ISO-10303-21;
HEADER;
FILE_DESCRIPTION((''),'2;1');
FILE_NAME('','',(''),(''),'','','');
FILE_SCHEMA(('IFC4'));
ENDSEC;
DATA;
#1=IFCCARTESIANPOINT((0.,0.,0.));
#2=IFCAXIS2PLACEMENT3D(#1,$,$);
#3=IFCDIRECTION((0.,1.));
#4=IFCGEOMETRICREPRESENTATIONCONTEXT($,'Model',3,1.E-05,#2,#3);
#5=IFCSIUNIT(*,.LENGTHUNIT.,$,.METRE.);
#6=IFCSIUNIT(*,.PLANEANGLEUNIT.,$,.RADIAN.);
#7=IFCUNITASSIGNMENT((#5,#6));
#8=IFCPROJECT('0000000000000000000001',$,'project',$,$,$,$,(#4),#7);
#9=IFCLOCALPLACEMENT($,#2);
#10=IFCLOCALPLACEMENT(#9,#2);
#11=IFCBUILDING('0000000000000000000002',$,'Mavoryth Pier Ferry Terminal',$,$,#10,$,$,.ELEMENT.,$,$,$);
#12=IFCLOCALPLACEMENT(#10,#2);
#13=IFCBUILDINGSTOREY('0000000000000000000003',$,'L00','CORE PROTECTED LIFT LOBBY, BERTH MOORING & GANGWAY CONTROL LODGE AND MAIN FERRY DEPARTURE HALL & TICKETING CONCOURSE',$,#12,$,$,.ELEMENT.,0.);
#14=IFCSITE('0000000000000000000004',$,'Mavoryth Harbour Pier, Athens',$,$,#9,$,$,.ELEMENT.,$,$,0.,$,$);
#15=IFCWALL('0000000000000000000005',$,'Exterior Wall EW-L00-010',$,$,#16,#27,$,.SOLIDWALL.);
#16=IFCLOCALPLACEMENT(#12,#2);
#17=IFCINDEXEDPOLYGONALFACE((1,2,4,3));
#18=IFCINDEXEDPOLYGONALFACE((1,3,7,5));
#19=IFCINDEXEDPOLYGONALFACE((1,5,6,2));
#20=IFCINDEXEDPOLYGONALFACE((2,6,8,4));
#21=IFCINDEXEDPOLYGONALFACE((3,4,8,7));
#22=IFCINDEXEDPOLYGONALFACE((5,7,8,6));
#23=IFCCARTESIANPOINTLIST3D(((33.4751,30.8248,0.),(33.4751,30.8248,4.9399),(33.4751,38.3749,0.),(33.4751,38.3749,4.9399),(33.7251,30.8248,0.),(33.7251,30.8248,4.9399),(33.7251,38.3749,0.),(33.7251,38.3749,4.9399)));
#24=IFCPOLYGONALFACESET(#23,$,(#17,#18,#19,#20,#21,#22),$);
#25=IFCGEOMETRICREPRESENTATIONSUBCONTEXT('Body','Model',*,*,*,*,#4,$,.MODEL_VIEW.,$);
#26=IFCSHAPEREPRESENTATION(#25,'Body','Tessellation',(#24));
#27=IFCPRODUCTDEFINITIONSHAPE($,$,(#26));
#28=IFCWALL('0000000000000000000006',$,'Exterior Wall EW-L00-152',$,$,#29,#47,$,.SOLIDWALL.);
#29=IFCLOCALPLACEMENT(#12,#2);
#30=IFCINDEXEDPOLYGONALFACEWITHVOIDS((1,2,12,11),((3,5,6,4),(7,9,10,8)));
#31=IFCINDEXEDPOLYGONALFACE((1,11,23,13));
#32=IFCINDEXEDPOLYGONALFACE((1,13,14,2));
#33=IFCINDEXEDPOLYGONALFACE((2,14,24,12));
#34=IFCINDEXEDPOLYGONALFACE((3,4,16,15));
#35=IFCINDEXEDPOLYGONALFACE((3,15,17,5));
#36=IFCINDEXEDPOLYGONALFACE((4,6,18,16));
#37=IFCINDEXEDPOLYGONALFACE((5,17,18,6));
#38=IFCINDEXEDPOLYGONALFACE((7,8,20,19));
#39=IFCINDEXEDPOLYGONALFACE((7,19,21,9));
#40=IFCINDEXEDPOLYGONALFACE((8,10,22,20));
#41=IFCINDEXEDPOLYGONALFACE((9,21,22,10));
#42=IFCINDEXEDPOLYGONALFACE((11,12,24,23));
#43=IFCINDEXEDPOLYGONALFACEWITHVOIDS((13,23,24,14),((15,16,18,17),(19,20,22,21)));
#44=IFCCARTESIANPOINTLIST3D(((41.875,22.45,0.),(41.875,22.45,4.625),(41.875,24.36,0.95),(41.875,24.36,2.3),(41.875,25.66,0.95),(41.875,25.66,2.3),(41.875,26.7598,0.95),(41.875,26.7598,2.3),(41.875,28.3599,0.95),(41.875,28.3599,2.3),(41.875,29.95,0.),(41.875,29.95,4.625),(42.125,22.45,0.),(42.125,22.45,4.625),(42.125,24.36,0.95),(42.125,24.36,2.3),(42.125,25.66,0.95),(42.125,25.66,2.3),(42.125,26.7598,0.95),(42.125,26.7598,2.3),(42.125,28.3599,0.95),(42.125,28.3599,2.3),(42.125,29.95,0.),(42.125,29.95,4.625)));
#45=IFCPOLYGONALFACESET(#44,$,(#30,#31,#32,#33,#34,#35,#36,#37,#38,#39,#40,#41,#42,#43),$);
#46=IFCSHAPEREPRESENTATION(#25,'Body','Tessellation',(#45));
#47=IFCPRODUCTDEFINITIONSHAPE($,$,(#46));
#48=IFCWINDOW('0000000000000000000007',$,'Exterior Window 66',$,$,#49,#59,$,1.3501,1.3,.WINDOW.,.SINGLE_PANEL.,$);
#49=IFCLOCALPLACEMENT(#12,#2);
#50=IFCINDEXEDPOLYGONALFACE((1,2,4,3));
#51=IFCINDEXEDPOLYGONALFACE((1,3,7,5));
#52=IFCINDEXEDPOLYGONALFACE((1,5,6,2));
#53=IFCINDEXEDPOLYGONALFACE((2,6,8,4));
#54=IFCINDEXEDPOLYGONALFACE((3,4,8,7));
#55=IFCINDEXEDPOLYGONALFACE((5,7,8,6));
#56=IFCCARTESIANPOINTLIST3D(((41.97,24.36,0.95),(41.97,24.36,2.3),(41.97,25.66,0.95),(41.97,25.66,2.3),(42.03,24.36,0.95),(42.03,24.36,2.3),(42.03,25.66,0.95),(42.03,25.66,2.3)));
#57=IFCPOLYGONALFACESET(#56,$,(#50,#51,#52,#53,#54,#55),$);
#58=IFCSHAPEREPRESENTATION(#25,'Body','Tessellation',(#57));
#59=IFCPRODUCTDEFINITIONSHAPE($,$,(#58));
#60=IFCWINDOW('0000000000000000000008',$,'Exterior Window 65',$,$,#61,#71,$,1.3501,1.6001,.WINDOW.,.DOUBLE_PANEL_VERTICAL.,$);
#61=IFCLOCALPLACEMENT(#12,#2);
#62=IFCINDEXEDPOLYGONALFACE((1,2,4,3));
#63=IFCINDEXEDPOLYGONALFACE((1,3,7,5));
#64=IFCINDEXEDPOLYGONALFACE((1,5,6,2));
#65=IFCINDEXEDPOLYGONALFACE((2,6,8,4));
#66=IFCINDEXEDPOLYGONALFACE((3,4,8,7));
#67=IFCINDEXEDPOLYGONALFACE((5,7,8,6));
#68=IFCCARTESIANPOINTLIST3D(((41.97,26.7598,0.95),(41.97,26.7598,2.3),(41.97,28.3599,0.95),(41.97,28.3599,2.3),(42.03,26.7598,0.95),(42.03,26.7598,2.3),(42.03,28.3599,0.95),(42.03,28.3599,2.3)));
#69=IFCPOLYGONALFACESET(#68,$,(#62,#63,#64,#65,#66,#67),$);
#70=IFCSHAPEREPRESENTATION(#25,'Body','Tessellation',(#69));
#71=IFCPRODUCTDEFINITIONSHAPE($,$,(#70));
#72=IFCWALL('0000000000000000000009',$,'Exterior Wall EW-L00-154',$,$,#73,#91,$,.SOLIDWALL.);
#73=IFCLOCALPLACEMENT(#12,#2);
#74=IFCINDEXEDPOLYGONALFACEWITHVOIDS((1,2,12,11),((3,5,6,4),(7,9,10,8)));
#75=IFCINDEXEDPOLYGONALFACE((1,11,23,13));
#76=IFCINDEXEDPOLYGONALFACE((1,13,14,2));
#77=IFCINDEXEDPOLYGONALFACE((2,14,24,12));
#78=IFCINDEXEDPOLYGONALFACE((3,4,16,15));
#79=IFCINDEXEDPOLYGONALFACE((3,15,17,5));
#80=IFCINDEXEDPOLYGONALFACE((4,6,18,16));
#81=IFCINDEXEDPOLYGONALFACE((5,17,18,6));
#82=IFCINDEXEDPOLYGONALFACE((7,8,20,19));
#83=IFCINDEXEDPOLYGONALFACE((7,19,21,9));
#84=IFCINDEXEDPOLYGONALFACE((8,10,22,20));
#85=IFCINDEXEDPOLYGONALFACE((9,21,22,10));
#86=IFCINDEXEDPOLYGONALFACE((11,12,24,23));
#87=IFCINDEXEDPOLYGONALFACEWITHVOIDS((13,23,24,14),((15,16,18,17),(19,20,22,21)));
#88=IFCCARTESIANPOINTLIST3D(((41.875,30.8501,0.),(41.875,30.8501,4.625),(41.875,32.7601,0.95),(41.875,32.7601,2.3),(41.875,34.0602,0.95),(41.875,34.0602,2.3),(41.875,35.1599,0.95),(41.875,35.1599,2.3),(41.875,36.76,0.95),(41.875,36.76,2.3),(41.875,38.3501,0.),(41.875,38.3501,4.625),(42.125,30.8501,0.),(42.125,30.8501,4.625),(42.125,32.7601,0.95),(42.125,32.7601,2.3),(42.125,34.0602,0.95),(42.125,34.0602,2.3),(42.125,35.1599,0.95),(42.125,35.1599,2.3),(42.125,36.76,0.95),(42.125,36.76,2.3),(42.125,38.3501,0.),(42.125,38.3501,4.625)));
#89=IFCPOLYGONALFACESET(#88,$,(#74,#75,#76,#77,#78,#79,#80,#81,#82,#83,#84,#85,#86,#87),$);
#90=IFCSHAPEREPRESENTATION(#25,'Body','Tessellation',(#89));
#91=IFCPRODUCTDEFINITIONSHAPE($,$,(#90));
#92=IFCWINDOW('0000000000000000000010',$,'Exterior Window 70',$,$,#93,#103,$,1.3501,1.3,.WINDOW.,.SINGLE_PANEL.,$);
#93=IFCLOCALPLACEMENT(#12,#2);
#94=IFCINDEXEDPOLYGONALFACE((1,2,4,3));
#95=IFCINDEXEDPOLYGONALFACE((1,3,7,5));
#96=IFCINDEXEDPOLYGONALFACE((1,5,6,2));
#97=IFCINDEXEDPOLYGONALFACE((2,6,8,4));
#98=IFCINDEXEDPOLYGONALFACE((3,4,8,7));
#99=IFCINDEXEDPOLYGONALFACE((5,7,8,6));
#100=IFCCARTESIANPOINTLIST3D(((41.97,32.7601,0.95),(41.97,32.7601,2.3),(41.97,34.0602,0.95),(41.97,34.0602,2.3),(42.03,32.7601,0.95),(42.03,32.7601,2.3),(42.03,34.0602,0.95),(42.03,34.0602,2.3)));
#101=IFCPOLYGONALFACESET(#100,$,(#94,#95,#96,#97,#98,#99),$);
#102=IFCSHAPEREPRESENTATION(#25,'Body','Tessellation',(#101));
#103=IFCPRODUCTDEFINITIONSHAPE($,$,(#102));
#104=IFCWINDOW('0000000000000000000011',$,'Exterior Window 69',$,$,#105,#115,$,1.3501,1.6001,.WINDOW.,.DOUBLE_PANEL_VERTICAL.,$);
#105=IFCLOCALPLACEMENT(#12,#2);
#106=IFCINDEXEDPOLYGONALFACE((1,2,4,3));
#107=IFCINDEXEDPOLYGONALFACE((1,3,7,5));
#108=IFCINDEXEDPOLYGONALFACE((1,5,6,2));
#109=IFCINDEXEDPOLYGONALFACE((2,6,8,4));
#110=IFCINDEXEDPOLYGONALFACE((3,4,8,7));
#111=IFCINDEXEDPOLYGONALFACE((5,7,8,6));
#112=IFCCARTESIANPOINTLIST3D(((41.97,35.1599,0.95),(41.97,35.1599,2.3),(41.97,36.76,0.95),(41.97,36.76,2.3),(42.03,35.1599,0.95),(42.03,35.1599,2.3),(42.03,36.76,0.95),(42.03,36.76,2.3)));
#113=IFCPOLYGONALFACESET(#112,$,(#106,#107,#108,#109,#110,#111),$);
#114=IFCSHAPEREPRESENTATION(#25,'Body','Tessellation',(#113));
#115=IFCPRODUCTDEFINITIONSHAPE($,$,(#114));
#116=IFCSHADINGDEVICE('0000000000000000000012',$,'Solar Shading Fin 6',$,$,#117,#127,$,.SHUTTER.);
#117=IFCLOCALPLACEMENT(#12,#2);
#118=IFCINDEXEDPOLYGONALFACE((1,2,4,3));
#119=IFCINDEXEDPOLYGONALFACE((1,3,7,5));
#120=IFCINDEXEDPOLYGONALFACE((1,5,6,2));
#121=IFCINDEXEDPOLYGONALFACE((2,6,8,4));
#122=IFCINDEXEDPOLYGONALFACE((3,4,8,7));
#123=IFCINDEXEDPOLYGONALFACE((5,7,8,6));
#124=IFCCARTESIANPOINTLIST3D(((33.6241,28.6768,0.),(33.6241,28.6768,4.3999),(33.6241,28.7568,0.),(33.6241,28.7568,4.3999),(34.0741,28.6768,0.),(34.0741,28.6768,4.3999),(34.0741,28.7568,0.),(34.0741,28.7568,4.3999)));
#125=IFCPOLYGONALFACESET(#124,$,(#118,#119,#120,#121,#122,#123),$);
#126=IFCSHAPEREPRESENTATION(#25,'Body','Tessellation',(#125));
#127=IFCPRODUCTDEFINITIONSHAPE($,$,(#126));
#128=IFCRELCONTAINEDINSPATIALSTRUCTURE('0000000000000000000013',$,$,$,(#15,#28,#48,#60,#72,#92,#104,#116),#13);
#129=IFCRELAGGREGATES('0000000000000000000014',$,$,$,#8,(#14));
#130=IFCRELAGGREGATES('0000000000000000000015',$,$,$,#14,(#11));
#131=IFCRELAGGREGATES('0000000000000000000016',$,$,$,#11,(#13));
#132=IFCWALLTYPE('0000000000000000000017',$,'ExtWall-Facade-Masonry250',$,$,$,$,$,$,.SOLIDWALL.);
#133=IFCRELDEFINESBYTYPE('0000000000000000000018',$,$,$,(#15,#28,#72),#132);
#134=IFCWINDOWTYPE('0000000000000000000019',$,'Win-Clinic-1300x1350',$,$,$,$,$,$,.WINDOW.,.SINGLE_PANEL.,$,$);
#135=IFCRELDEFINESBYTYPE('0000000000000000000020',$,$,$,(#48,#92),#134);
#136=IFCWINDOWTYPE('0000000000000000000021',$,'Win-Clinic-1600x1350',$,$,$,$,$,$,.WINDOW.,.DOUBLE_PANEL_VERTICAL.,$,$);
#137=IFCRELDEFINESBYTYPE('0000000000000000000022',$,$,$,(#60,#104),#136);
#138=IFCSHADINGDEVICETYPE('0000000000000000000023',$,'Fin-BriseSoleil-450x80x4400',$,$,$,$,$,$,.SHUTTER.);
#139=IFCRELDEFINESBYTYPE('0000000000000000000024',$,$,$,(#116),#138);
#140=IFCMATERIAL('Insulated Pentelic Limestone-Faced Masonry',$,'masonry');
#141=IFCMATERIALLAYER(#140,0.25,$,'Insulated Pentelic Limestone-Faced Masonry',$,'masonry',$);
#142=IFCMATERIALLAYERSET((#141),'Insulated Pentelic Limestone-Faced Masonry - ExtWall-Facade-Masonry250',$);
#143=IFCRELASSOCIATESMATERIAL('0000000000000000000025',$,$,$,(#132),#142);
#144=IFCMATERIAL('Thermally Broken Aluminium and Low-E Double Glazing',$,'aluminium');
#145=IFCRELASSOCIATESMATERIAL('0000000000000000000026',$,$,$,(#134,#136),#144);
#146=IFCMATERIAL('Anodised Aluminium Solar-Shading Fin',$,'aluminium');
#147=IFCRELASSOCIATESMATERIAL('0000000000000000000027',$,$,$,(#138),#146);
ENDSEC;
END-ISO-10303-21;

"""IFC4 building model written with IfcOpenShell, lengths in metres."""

from ifc_helpers import new_model, si_unit, direction, frame, frame_2d, origin, origin_2d, place, context, subcontext, project, spatial, rectangle, extrude, material, layer, layer_set, type_object, element, fill, save


model = new_model("IFC4")

# Units and contexts
model_context = context("Model", 3, precision=1e-05, world=origin(), true_north=direction((0.0, 1.0)))
body_context = subcontext(model_context, "Body", "Model", "MODEL_VIEW")
ifc_project = project(units=[si_unit("LENGTHUNIT", "METRE"), si_unit("PLANEANGLEUNIT", "RADIAN")], contexts=[model_context])

# Site, building, storey
site_placement = place(None, origin())
site = spatial("IfcSite", under=ifc_project, at=site_placement, Name="Mavoryth Harbour Pier, Athens", CompositionType="ELEMENT", RefElevation=0.0)
building_placement = place(site_placement, origin())
building = spatial("IfcBuilding", under=site, at=building_placement, Name="Mavoryth Pier Ferry Terminal", CompositionType="ELEMENT")
storey_placement = place(building_placement, origin())
storey = spatial("IfcBuildingStorey", under=building, at=storey_placement, Name="L00", Description="CORE PROTECTED LIFT LOBBY, BERTH MOORING & GANGWAY CONTROL LODGE AND MAIN FERRY DEPARTURE HALL & TICKETING CONCOURSE", CompositionType="ELEMENT", Elevation=0.0)

# Wall
ifc_material_1 = material(Name="Insulated Pentelic Limestone-Faced Masonry", Category="masonry")
ifc_layer_1 = layer(ifc_material_1, 0.25, Name="Insulated Pentelic Limestone-Faced Masonry", Category="masonry")
ifc_layer_set_1 = layer_set([ifc_layer_1], Name="Insulated Pentelic Limestone-Faced Masonry - ExtWall-Facade-Masonry250")
wall_type = type_object("IfcWallType", Name="ExtWall-Facade-Masonry250", PredefinedType="SOLIDWALL", material=ifc_layer_set_1)
wall_1_placement = place(storey_placement, frame((33.6001, 30.825, 0.0), z_axis=(0.0, 0.0, 1.0), x_axis=(0.0, 1.0, 0.0)))
element("IfcWall", 1, at=wall_1_placement, inside=storey, type_object=wall_type, Name="Exterior Wall EW-L00-010", PredefinedType="SOLIDWALL", context=body_context, shape_type="SweptSolid", body=[
    extrude(rectangle(XDim=7.55, YDim=0.25, at=frame_2d((3.7749, 0.0))), origin(), (0.0, 0.0, 1.0), 4.9399),
])

# Walls, openings, windows
wall_2_placement = place(storey_placement, frame((42.0, 29.95, 0.0), z_axis=(0.0, 0.0, 1.0), x_axis=(0.0, -1.0, 0.0)))
wall_2 = element("IfcWall", 2, at=wall_2_placement, inside=storey, type_object=wall_type, Name="Exterior Wall EW-L00-152", PredefinedType="SOLIDWALL", context=body_context, shape_type="SweptSolid", body=[
    extrude(rectangle(XDim=7.5, YDim=0.25, at=frame_2d((3.75, 0.0))), origin(), (0.0, 0.0, 1.0), 4.625),
])
opening_1_placement = place(wall_2_placement, frame((1.5901, 0.0, 0.95)))
opening_1 = element("IfcOpeningElement", 3, at=opening_1_placement, cuts=wall_2, PredefinedType="OPENING", context=body_context, shape_type="SweptSolid", body=[
    extrude(rectangle(XDim=1.6001, YDim=1.3501, at=frame_2d((0.8, 0.675))), frame((0.0, 0.135, 0.0), z_axis=(0.0, -1.0, 0.0), x_axis=(1.0, 0.0, 0.0)), (0.0, 0.0, 1.0), 0.27),
])
opening_2_placement = place(wall_2_placement, frame((4.29, 0.0, 0.95)))
opening_2 = element("IfcOpeningElement", 4, at=opening_2_placement, cuts=wall_2, PredefinedType="OPENING", context=body_context, shape_type="SweptSolid", body=[
    extrude(rectangle(XDim=1.3, YDim=1.3501, at=frame_2d((0.6499, 0.675))), frame((0.0, 0.135, 0.0), z_axis=(0.0, -1.0, 0.0), x_axis=(1.0, 0.0, 0.0)), (0.0, 0.0, 1.0), 0.27),
])
ifc_material_2 = material(Name="Thermally Broken Aluminium and Low-E Double Glazing", Category="aluminium")
window_type_1 = type_object("IfcWindowType", Name="Win-Clinic-1300x1350", PartitioningType="SINGLE_PANEL", PredefinedType="WINDOW", material=ifc_material_2)
window_1_placement = place(opening_2_placement, origin())
window_1 = element("IfcWindow", 5, at=window_1_placement, inside=storey, type_object=window_type_1, Name="Exterior Window 66", OverallHeight=1.3501, OverallWidth=1.3, PartitioningType="SINGLE_PANEL", PredefinedType="WINDOW", context=body_context, shape_type="SweptSolid", body=[
    extrude(rectangle(XDim=1.3, YDim=1.3501, at=frame_2d((0.6499, 0.675))), frame((0.0, 0.03, 0.0), z_axis=(0.0, -1.0, 0.0), x_axis=(1.0, 0.0, 0.0)), (0.0, 0.0, 1.0), 0.0601),
])
fill(opening_2, window_1)
window_type_2 = type_object("IfcWindowType", Name="Win-Clinic-1600x1350", PartitioningType="DOUBLE_PANEL_VERTICAL", PredefinedType="WINDOW", material=ifc_material_2)
window_2_placement = place(opening_1_placement, origin())
window_2 = element("IfcWindow", 6, at=window_2_placement, inside=storey, type_object=window_type_2, Name="Exterior Window 65", OverallHeight=1.3501, OverallWidth=1.6001, PartitioningType="DOUBLE_PANEL_VERTICAL", PredefinedType="WINDOW", context=body_context, shape_type="SweptSolid", body=[
    extrude(rectangle(XDim=1.6001, YDim=1.3501, at=frame_2d((0.8, 0.675))), frame((0.0, 0.03, 0.0), z_axis=(0.0, -1.0, 0.0), x_axis=(1.0, 0.0, 0.0)), (0.0, 0.0, 1.0), 0.0601),
])
fill(opening_1, window_2)
wall_3_placement = place(storey_placement, frame((42.0, 38.3501, 0.0), z_axis=(0.0, 0.0, 1.0), x_axis=(0.0, -1.0, 0.0)))
wall_3 = element("IfcWall", 7, at=wall_3_placement, inside=storey, type_object=wall_type, Name="Exterior Wall EW-L00-154", PredefinedType="SOLIDWALL", context=body_context, shape_type="SweptSolid", body=[
    extrude(rectangle(XDim=7.5, YDim=0.25, at=frame_2d((3.75, 0.0))), origin(), (0.0, 0.0, 1.0), 4.625),
])
opening_3_placement = place(wall_3_placement, frame((1.5901, 0.0, 0.95)))
opening_3 = element("IfcOpeningElement", 8, at=opening_3_placement, cuts=wall_3, PredefinedType="OPENING", context=body_context, shape_type="SweptSolid", body=[
    extrude(rectangle(XDim=1.6001, YDim=1.3501, at=frame_2d((0.8, 0.675))), frame((0.0, 0.135, 0.0), z_axis=(0.0, -1.0, 0.0), x_axis=(1.0, 0.0, 0.0)), (0.0, 0.0, 1.0), 0.27),
])
opening_4_placement = place(wall_3_placement, frame((4.29, 0.0, 0.95)))
opening_4 = element("IfcOpeningElement", 9, at=opening_4_placement, cuts=wall_3, PredefinedType="OPENING", context=body_context, shape_type="SweptSolid", body=[
    extrude(rectangle(XDim=1.3, YDim=1.3501, at=frame_2d((0.6499, 0.675))), frame((0.0, 0.135, 0.0), z_axis=(0.0, -1.0, 0.0), x_axis=(1.0, 0.0, 0.0)), (0.0, 0.0, 1.0), 0.27),
])
window_3_placement = place(opening_4_placement, origin())
window_3 = element("IfcWindow", 10, at=window_3_placement, inside=storey, type_object=window_type_1, Name="Exterior Window 70", OverallHeight=1.3501, OverallWidth=1.3, PartitioningType="SINGLE_PANEL", PredefinedType="WINDOW", context=body_context, shape_type="SweptSolid", body=[
    extrude(rectangle(XDim=1.3, YDim=1.3501, at=frame_2d((0.6499, 0.675))), frame((0.0, 0.03, 0.0), z_axis=(0.0, -1.0, 0.0), x_axis=(1.0, 0.0, 0.0)), (0.0, 0.0, 1.0), 0.0601),
])
fill(opening_4, window_3)
window_4_placement = place(opening_3_placement, origin())
window_4 = element("IfcWindow", 11, at=window_4_placement, inside=storey, type_object=window_type_2, Name="Exterior Window 69", OverallHeight=1.3501, OverallWidth=1.6001, PartitioningType="DOUBLE_PANEL_VERTICAL", PredefinedType="WINDOW", context=body_context, shape_type="SweptSolid", body=[
    extrude(rectangle(XDim=1.6001, YDim=1.3501, at=frame_2d((0.8, 0.675))), frame((0.0, 0.03, 0.0), z_axis=(0.0, -1.0, 0.0), x_axis=(1.0, 0.0, 0.0)), (0.0, 0.0, 1.0), 0.0601),
])
fill(opening_3, window_4)

# Shading device
ifc_material_3 = material(Name="Anodised Aluminium Solar-Shading Fin", Category="aluminium")
shading_device_type = type_object("IfcShadingDeviceType", Name="Fin-BriseSoleil-450x80x4400", PredefinedType="SHUTTER", material=ifc_material_3)
shading_device_placement = place(storey_placement, frame((33.8491, 28.7168, 0.0), z_axis=(0.0, 0.0, 1.0), x_axis=(0.0, 1.0, 0.0)))
element("IfcShadingDevice", 12, at=shading_device_placement, inside=storey, type_object=shading_device_type, Name="Solar Shading Fin 6", PredefinedType="SHUTTER", context=body_context, shape_type="SweptSolid", body=[
    extrude(rectangle(XDim=0.0801, YDim=0.45, at=origin_2d()), origin(), (0.0, 0.0, 1.0), 4.3999),
])

save(model, "model.ifc")
